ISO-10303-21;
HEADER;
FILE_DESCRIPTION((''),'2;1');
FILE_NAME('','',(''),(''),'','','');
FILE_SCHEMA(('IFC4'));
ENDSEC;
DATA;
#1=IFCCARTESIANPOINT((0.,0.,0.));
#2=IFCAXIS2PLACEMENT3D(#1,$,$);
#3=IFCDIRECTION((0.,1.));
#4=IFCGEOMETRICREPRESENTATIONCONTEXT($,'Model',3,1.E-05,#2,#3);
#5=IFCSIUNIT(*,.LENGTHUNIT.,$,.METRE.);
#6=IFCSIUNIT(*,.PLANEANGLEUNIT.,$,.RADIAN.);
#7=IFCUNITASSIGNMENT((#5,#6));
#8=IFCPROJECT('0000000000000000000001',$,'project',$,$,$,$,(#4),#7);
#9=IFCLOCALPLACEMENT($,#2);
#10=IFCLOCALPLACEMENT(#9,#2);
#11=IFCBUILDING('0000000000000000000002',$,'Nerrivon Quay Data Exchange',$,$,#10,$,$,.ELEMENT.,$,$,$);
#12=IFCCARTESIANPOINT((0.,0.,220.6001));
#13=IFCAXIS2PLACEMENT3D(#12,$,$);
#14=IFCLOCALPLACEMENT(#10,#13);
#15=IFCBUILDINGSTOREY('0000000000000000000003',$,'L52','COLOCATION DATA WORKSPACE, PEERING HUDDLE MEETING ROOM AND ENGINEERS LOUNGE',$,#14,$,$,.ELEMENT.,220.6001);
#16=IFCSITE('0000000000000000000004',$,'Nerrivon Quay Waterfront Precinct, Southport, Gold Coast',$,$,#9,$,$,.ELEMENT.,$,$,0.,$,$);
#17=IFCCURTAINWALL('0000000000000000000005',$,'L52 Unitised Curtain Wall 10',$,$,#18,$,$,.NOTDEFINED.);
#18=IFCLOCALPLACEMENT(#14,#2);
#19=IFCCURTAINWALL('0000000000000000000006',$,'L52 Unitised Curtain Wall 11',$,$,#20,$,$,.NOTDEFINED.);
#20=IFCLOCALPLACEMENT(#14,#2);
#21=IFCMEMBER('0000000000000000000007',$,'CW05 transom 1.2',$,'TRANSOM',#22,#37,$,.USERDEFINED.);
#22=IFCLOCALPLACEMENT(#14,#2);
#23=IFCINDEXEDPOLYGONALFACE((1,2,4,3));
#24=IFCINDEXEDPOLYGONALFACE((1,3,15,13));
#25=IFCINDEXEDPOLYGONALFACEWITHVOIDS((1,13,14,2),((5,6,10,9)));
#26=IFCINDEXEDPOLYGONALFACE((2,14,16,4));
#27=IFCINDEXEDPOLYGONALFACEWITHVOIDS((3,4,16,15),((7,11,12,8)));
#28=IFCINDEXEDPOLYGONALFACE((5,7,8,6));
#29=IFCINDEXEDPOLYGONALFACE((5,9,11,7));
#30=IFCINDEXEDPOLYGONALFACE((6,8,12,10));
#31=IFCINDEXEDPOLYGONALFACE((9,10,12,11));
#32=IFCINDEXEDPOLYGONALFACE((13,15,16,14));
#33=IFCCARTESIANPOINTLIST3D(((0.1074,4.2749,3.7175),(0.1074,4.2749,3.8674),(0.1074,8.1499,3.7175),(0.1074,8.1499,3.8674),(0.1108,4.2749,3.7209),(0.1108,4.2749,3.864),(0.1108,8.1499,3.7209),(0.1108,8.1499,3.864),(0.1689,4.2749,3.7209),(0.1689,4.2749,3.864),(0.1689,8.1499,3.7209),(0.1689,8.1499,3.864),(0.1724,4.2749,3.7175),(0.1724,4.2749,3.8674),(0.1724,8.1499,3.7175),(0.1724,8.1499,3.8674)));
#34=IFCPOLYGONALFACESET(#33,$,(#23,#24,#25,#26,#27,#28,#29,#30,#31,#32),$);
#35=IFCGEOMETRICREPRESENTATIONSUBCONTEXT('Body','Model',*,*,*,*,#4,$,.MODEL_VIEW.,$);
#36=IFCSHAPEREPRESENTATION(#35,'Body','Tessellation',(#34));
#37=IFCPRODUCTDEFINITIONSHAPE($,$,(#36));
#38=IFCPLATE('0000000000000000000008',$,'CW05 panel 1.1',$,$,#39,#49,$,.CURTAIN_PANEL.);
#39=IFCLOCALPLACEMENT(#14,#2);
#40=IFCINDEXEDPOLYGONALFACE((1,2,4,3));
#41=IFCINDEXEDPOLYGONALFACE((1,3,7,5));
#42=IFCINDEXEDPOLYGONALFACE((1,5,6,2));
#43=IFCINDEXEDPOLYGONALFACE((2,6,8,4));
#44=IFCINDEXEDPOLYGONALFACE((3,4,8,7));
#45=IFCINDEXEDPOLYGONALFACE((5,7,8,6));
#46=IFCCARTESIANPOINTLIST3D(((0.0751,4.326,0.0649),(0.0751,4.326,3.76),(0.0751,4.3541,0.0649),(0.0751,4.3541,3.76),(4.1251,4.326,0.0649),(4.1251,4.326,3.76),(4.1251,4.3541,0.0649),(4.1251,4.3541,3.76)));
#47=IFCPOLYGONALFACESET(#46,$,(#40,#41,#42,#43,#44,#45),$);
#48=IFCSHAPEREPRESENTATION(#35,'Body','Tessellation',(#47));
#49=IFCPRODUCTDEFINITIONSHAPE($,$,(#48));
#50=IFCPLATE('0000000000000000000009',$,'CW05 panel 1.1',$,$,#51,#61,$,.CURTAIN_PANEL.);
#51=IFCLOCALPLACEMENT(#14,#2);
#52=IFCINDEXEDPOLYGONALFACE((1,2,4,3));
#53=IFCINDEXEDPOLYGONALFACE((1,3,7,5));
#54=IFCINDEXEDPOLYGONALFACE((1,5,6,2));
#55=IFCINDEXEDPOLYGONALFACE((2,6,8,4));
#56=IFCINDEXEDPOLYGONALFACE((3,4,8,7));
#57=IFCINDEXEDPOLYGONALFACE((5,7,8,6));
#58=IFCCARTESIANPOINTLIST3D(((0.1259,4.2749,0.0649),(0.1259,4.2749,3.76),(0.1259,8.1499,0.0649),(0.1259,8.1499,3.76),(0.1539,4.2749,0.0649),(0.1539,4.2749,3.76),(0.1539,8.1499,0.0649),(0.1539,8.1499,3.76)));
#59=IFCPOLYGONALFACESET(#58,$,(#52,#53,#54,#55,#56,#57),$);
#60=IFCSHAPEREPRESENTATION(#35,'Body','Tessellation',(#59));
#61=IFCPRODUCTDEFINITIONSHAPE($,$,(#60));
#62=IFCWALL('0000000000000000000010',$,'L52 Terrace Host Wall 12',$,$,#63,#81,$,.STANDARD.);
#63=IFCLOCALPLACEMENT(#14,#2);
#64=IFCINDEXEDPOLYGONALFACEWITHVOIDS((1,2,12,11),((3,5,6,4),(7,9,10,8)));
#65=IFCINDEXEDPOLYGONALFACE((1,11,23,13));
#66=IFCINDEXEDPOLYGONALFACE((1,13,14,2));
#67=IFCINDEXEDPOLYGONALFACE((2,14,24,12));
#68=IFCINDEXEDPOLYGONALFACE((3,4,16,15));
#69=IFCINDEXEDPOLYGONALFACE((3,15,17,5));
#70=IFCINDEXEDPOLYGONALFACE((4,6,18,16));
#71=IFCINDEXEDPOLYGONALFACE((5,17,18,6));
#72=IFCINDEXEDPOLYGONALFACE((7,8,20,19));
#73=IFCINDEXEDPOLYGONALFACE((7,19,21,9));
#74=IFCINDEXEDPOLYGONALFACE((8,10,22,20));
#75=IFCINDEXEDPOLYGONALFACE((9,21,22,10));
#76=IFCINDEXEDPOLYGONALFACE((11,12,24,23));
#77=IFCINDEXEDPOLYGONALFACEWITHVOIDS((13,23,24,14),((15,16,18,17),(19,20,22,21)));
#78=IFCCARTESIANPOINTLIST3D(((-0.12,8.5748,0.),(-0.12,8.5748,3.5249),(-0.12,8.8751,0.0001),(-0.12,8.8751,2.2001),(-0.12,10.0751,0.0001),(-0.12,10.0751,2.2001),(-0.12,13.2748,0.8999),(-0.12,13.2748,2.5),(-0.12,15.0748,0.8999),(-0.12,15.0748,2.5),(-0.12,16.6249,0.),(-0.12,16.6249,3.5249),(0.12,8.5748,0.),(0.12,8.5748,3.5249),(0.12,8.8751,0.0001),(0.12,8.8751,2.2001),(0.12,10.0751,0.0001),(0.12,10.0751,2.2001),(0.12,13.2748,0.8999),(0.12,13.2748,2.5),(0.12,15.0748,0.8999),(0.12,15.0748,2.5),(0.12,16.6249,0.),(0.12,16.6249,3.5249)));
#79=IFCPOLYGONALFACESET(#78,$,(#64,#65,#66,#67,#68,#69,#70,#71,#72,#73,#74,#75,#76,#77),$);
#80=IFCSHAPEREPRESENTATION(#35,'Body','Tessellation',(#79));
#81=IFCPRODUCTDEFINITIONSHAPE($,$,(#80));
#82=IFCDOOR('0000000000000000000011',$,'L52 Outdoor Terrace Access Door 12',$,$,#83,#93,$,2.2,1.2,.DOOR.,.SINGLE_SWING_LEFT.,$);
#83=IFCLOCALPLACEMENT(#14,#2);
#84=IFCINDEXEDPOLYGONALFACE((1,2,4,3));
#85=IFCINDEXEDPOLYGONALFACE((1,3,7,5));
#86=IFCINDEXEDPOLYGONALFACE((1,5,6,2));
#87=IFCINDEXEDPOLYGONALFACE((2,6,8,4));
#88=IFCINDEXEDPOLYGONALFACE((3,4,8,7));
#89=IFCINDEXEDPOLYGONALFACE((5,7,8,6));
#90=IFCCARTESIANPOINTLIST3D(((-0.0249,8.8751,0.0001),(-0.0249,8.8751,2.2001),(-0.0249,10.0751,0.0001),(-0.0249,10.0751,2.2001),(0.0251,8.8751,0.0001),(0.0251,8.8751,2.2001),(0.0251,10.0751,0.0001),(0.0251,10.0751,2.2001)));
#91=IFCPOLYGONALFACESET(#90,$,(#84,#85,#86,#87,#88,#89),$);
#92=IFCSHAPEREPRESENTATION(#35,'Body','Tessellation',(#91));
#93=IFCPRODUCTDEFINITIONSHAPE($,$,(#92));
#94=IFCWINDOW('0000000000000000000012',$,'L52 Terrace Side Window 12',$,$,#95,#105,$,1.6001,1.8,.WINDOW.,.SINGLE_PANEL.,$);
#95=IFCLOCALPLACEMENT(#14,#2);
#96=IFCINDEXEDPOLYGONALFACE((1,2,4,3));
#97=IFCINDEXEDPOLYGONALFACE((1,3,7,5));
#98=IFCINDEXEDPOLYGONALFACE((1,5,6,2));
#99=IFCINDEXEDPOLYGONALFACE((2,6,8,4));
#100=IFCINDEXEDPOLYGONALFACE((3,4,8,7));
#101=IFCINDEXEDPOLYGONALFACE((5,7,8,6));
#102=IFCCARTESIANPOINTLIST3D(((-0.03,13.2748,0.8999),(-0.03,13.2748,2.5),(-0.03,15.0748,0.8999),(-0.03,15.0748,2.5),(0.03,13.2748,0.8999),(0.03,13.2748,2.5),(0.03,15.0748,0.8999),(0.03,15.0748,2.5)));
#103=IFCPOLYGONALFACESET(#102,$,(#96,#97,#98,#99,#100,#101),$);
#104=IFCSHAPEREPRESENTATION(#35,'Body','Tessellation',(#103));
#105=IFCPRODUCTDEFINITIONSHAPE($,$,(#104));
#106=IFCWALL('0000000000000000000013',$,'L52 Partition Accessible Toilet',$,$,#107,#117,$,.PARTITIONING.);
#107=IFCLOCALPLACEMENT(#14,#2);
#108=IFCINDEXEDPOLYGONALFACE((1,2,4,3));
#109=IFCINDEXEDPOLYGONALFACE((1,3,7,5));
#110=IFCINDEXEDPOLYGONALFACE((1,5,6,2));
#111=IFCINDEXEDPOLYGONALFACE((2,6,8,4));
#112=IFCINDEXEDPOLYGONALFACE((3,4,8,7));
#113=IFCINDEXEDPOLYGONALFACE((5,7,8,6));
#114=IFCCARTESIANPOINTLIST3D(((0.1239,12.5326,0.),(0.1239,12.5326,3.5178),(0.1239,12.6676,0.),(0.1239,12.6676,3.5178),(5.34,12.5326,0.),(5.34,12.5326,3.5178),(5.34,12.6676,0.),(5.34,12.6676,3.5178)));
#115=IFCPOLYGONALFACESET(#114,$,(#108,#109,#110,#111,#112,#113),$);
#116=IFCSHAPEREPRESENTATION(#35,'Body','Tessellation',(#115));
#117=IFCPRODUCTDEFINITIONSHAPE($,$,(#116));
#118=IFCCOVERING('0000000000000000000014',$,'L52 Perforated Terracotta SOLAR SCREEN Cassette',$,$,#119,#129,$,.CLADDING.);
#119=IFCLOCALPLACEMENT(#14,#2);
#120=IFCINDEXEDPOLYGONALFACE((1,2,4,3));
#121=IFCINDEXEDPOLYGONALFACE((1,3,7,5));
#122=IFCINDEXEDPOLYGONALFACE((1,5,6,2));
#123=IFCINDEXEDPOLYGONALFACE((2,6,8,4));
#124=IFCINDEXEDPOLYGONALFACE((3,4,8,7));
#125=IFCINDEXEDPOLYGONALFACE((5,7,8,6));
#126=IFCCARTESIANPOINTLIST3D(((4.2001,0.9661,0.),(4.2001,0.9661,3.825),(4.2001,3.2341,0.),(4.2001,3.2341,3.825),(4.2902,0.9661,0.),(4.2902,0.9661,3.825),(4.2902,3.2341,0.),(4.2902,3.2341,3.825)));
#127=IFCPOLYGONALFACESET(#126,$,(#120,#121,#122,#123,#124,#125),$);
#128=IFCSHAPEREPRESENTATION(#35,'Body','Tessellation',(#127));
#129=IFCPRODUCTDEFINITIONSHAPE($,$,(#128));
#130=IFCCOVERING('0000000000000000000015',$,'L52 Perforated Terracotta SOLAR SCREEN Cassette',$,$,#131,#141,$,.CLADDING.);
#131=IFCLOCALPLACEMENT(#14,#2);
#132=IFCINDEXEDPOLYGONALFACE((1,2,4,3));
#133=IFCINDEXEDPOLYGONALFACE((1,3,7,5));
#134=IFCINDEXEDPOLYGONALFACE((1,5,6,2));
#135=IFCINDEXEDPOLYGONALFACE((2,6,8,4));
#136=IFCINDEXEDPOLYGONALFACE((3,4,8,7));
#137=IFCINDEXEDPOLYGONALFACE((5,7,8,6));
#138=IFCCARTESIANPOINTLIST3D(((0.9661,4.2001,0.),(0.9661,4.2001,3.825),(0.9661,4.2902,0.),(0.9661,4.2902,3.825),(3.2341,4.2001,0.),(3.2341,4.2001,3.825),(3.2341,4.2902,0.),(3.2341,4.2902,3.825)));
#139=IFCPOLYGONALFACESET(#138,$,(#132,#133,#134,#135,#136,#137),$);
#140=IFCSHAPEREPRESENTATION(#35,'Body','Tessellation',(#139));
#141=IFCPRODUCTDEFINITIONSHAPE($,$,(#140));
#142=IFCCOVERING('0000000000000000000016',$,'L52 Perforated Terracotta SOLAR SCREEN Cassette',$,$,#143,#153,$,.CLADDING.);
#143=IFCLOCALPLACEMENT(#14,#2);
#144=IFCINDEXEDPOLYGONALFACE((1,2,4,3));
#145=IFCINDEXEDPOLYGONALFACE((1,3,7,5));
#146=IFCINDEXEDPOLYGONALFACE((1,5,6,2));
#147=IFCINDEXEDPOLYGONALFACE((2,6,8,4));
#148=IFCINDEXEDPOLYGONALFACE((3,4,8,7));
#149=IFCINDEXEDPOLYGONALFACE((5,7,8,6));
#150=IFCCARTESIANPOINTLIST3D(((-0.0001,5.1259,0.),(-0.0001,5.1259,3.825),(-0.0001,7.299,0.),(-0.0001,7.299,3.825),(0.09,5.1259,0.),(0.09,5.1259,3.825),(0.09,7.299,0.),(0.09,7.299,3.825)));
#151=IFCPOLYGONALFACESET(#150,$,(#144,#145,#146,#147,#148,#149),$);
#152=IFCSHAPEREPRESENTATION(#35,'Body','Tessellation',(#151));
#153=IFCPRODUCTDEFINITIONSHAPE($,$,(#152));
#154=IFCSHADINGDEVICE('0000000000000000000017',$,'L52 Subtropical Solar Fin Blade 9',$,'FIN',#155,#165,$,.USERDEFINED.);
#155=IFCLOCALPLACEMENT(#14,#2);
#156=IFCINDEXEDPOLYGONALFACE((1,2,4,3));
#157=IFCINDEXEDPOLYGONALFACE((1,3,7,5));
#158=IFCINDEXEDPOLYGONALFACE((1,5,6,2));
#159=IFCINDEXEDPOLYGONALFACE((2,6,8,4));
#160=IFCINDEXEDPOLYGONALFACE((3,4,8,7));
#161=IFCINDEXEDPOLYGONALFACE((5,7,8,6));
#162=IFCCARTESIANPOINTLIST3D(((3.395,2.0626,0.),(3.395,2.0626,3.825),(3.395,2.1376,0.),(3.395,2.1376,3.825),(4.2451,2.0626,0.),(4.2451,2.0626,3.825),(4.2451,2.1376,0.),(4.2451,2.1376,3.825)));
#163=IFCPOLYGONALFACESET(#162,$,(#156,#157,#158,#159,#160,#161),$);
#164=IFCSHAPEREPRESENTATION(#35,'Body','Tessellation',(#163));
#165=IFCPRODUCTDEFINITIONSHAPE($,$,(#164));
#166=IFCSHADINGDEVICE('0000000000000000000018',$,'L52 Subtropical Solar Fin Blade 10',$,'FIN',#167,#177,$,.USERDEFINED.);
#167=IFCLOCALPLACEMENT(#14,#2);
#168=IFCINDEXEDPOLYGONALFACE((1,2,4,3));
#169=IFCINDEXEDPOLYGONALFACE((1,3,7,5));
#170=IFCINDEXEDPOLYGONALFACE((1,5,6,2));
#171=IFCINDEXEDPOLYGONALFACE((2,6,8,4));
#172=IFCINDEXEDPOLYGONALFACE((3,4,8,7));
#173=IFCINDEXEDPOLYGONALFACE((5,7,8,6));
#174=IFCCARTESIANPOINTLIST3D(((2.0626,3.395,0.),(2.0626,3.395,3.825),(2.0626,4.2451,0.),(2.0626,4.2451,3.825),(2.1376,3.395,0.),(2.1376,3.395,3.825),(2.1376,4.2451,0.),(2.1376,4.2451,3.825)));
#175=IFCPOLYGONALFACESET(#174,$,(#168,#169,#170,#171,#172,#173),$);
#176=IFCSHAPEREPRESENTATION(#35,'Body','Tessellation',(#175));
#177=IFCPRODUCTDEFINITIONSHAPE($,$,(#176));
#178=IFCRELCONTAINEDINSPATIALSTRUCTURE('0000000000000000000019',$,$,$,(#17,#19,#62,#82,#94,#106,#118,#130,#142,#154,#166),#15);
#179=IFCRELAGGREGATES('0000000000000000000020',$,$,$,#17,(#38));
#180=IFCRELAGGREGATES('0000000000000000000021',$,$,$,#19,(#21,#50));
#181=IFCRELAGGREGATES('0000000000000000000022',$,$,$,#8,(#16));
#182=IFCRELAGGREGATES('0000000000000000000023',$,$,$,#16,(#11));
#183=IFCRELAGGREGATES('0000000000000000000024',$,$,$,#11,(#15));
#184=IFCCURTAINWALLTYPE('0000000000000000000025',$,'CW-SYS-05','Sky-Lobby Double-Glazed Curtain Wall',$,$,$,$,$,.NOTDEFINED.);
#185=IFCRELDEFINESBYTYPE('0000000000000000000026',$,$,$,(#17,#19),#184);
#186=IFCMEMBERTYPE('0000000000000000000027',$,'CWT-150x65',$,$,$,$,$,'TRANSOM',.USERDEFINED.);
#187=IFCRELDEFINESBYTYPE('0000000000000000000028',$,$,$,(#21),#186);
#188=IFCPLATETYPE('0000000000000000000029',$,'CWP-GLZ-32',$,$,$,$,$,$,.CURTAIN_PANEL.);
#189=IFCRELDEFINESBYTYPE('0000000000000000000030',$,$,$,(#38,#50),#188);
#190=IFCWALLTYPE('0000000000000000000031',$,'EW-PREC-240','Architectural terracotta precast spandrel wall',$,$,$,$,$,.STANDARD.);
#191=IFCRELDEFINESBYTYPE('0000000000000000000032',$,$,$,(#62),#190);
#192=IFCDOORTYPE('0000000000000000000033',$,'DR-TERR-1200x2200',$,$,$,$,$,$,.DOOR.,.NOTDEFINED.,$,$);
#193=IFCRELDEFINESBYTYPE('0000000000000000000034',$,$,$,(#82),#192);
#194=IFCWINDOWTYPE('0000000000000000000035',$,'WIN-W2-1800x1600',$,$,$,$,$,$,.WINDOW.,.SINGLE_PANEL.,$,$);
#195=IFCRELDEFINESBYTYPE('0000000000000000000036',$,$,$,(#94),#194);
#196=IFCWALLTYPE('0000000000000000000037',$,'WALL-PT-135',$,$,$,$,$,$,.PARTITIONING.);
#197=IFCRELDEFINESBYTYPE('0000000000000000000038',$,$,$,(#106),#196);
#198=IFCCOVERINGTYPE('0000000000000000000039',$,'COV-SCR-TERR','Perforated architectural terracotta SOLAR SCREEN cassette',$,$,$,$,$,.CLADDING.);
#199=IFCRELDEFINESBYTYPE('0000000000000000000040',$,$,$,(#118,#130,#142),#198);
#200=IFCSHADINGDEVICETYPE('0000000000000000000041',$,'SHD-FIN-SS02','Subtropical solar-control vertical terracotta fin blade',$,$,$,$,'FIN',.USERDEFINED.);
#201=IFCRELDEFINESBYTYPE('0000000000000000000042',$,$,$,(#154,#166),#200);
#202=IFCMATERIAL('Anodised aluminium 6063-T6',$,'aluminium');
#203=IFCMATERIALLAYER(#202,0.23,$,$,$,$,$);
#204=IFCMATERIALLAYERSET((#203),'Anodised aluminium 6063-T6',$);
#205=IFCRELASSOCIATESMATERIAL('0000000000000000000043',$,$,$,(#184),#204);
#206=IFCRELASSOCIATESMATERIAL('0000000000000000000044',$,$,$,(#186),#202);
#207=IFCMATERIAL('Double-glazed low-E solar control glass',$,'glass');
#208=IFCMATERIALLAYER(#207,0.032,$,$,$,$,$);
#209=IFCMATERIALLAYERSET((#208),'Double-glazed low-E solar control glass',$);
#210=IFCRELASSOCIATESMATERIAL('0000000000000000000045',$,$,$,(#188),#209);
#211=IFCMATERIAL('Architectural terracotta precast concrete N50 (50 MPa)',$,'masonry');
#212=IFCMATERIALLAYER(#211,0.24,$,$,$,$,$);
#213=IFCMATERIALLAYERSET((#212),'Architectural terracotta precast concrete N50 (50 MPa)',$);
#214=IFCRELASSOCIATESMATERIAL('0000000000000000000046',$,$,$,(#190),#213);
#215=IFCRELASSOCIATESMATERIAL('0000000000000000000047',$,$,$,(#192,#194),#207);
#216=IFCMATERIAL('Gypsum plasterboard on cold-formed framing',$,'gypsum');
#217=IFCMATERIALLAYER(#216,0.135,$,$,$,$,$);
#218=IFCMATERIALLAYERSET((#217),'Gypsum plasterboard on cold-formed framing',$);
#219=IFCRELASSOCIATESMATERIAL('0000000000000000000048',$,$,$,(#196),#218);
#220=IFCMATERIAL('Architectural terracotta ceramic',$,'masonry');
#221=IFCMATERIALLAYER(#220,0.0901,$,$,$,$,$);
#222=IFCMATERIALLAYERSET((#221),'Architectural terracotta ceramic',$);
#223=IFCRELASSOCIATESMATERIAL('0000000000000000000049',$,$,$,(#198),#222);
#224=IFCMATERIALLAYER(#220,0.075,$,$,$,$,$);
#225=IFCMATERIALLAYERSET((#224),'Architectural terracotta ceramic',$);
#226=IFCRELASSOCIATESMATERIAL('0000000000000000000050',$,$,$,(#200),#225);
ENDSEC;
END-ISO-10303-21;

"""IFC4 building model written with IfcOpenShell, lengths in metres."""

from ifc_helpers import new_model, si_unit, direction, frame, frame_2d, origin, origin_2d, place, context, subcontext, project, spatial, rectangle, hollow_rectangle, extrude, material, layer, layer_set, material_profile, profile_set, type_object, element, fill, aggregate, save


model = new_model("IFC4")

# Units and contexts
model_context = context("Model", 3, precision=1e-05, world=origin(), true_north=direction((0.0, 1.0)))
body_context = subcontext(model_context, "Body", "Model", "MODEL_VIEW")
ifc_project = project(units=[si_unit("LENGTHUNIT", "METRE"), si_unit("PLANEANGLEUNIT", "RADIAN")], contexts=[model_context])

# Site, building, storey
site_placement = place(None, origin())
site = spatial("IfcSite", under=ifc_project, at=site_placement, Name="Nerrivon Quay Waterfront Precinct, Southport, Gold Coast", CompositionType="ELEMENT", RefElevation=0.0)
building_placement = place(site_placement, origin())
building = spatial("IfcBuilding", under=site, at=building_placement, Name="Nerrivon Quay Data Exchange", CompositionType="ELEMENT")
storey_placement = place(building_placement, frame((0.0, 0.0, 220.6001)))
storey = spatial("IfcBuildingStorey", under=building, at=storey_placement, Name="L52", Description="COLOCATION DATA WORKSPACE, PEERING HUDDLE MEETING ROOM AND ENGINEERS LOUNGE", CompositionType="ELEMENT", Elevation=220.6001)

# Curtain walls
ifc_material_1 = material(Name="Anodised aluminium 6063-T6", Category="aluminium")
ifc_layer_1 = layer(ifc_material_1, 0.23)
ifc_layer_set_1 = layer_set([ifc_layer_1], Name="Anodised aluminium 6063-T6")
curtain_wall_type = type_object("IfcCurtainWallType", Name="CW-SYS-05", Description="Sky-Lobby Double-Glazed Curtain Wall", PredefinedType="NOTDEFINED", material=ifc_layer_set_1)
curtain_wall_1_placement = place(storey_placement, origin())
curtain_wall_1 = element("IfcCurtainWall", 1, at=curtain_wall_1_placement, inside=storey, type_object=curtain_wall_type, Name="L52 Unitised Curtain Wall 10", PredefinedType="NOTDEFINED")
curtain_wall_2_placement = place(storey_placement, origin())
curtain_wall_2 = element("IfcCurtainWall", 2, at=curtain_wall_2_placement, inside=storey, type_object=curtain_wall_type, Name="L52 Unitised Curtain Wall 11", PredefinedType="NOTDEFINED")

# Member
ifc_material_profile_1 = material_profile(ifc_material_1, hollow_rectangle(XDim=0.0649, YDim=0.1499, WallThickness=0.0034, at=origin_2d()), Name="ALU-TRAN-150x65")
ifc_profile_set_1 = profile_set([ifc_material_profile_1], Name="Anodised aluminium 6063-T6")
member_type_1 = type_object("IfcMemberType", Name="CWT-150x65", ElementType="TRANSOM", PredefinedType="USERDEFINED", material=ifc_profile_set_1)
member_1_placement = place(storey_placement, frame((0.1399, 4.2749, 3.7925), z_axis=(0.0, 1.0, 0.0), x_axis=(-1.0, 0.0, 0.0)))
member_1 = element("IfcMember", 3, at=member_1_placement, type_object=member_type_1, Name="CW05 transom 1.2", ObjectType="TRANSOM", PredefinedType="USERDEFINED", context=body_context, shape_type="SweptSolid", body=[
    extrude(hollow_rectangle(XDim=0.0649, YDim=0.1499, WallThickness=0.0034, at=origin_2d()), origin(), (0.0, 0.0, 1.0), 3.875),
])

# Plates
ifc_material_2 = material(Name="Double-glazed low-E solar control glass", Category="glass")
ifc_layer_2 = layer(ifc_material_2, 0.032)
ifc_layer_set_2 = layer_set([ifc_layer_2], Name="Double-glazed low-E solar control glass")
plate_type = type_object("IfcPlateType", Name="CWP-GLZ-32", PredefinedType="CURTAIN_PANEL", material=ifc_layer_set_2)
plate_1_placement = place(storey_placement, frame((2.1001, 4.3401, 0.0649), z_axis=(0.0, 0.0, 1.0), x_axis=(-1.0, 0.0, 0.0)))
plate_1 = element("IfcPlate", 4, at=plate_1_placement, type_object=plate_type, Name="CW05 panel 1.1", PredefinedType="CURTAIN_PANEL", context=body_context, shape_type="SweptSolid", body=[
    extrude(rectangle(XDim=4.05, YDim=0.0281, at=origin_2d()), origin(), (0.0, 0.0, 1.0), 3.6951),
])
aggregate(curtain_wall_1, [plate_1])
plate_2_placement = place(storey_placement, frame((0.1399, 6.2124, 0.0649), z_axis=(0.0, 0.0, 1.0), x_axis=(0.0, 1.0, 0.0)))
plate_2 = element("IfcPlate", 5, at=plate_2_placement, type_object=plate_type, Name="CW05 panel 1.1", PredefinedType="CURTAIN_PANEL", context=body_context, shape_type="SweptSolid", body=[
    extrude(rectangle(XDim=3.875, YDim=0.0281, at=origin_2d()), origin(), (0.0, 0.0, 1.0), 3.6951),
])
aggregate(curtain_wall_2, [member_1, plate_2])

# Wall, openings, door, window
ifc_material_3 = material(Name="Architectural terracotta precast concrete N50 (50 MPa)", Category="masonry")
ifc_layer_3 = layer(ifc_material_3, 0.24)
ifc_layer_set_3 = layer_set([ifc_layer_3], Name="Architectural terracotta precast concrete N50 (50 MPa)")
wall_type_1 = type_object("IfcWallType", Name="EW-PREC-240", Description="Architectural terracotta precast spandrel wall", PredefinedType="STANDARD", material=ifc_layer_set_3)
wall_1_placement = place(storey_placement, frame((0.0, 8.575, 0.0), z_axis=(0.0, 0.0, 1.0), x_axis=(0.0, 1.0, 0.0)))
wall_1 = element("IfcWall", 6, at=wall_1_placement, inside=storey, type_object=wall_type_1, Name="L52 Terrace Host Wall 12", PredefinedType="STANDARD", context=body_context, shape_type="SweptSolid", body=[
    extrude(rectangle(XDim=8.05, YDim=0.24, at=frame_2d((4.0249, 0.0))), origin(), (0.0, 0.0, 1.0), 3.5249),
])
opening_1_placement = place(wall_1_placement, frame((0.3, 0.0, 0.0)))
opening_1 = element("IfcOpeningElement", 7, at=opening_1_placement, cuts=wall_1, PredefinedType="OPENING", context=body_context, shape_type="SweptSolid", body=[
    extrude(rectangle(XDim=1.2, YDim=2.2, at=frame_2d((0.6001, 1.1001))), frame((0.0, 0.1299, 0.0), z_axis=(0.0, -1.0, 0.0), x_axis=(1.0, 0.0, 0.0)), (0.0, 0.0, 1.0), 0.26),
])
opening_2_placement = place(wall_1_placement, frame((4.7, 0.0, 0.8999)))
opening_2 = element("IfcOpeningElement", 8, at=opening_2_placement, cuts=wall_1, PredefinedType="OPENING", context=body_context, shape_type="SweptSolid", body=[
    extrude(rectangle(XDim=1.8, YDim=1.6001, at=frame_2d((0.8999, 0.8))), frame((0.0, 0.1299, 0.0), z_axis=(0.0, -1.0, 0.0), x_axis=(1.0, 0.0, 0.0)), (0.0, 0.0, 1.0), 0.26),
])
door_type = type_object("IfcDoorType", Name="DR-TERR-1200x2200", OperationType="NOTDEFINED", PredefinedType="DOOR", material=ifc_material_2)
door_placement = place(opening_1_placement, origin())
door = element("IfcDoor", 9, at=door_placement, inside=storey, type_object=door_type, Name="L52 Outdoor Terrace Access Door 12", OperationType="SINGLE_SWING_LEFT", OverallHeight=2.2, OverallWidth=1.2, PredefinedType="DOOR", context=body_context, shape_type="SweptSolid", body=[
    extrude(rectangle(XDim=1.2, YDim=2.2, at=frame_2d((0.6001, 1.1001))), frame((0.0, 0.0249, 0.0), z_axis=(0.0, -1.0, 0.0), x_axis=(1.0, 0.0, 0.0)), (0.0, 0.0, 1.0), 0.05),
])
fill(opening_1, door)
window_type = type_object("IfcWindowType", Name="WIN-W2-1800x1600", PartitioningType="SINGLE_PANEL", PredefinedType="WINDOW", material=ifc_material_2)
window_placement = place(opening_2_placement, origin())
window = element("IfcWindow", 10, at=window_placement, inside=storey, type_object=window_type, Name="L52 Terrace Side Window 12", OverallHeight=1.6001, OverallWidth=1.8, PartitioningType="SINGLE_PANEL", PredefinedType="WINDOW", context=body_context, shape_type="SweptSolid", body=[
    extrude(rectangle(XDim=1.8, YDim=1.6001, at=frame_2d((0.8999, 0.8))), frame((0.0, 0.03, 0.0), z_axis=(0.0, -1.0, 0.0), x_axis=(1.0, 0.0, 0.0)), (0.0, 0.0, 1.0), 0.0601),
])
fill(opening_2, window)

# Wall
ifc_material_4 = material(Name="Gypsum plasterboard on cold-formed framing", Category="gypsum")
ifc_layer_4 = layer(ifc_material_4, 0.135)
ifc_layer_set_4 = layer_set([ifc_layer_4], Name="Gypsum plasterboard on cold-formed framing")
wall_type_2 = type_object("IfcWallType", Name="WALL-PT-135", PredefinedType="PARTITIONING", material=ifc_layer_set_4)
wall_2_placement = place(storey_placement, frame((0.124, 12.6001, 0.0), z_axis=(0.0, 0.0, 1.0), x_axis=(1.0, 0.0, 0.0)))
element("IfcWall", 11, at=wall_2_placement, inside=storey, type_object=wall_type_2, Name="L52 Partition Accessible Toilet", PredefinedType="PARTITIONING", context=body_context, shape_type="SweptSolid", body=[
    extrude(rectangle(XDim=5.2161, YDim=0.135, at=frame_2d((2.6079, 0.0))), origin(), (0.0, 0.0, 1.0), 3.5178),
])

# Coverings
ifc_material_5 = material(Name="Architectural terracotta ceramic", Category="masonry")
ifc_layer_5 = layer(ifc_material_5, 0.0901)
ifc_layer_set_5 = layer_set([ifc_layer_5], Name="Architectural terracotta ceramic")
covering_type = type_object("IfcCoveringType", Name="COV-SCR-TERR", Description="Perforated architectural terracotta SOLAR SCREEN cassette", PredefinedType="CLADDING", material=ifc_layer_set_5)
for number, where, z_axis, x_axis, name in (
    (12, (4.2451, 2.1001, 0.0), (0.0, 0.0, 1.0), (0.0, 1.0, 0.0), "L52 Perforated Terracotta SOLAR SCREEN Cassette"),
    (13, (2.1001, 4.2451, 0.0), (0.0, 0.0, 1.0), (-1.0, 0.0, 0.0), "L52 Perforated Terracotta SOLAR SCREEN Cassette"),
):
    element("IfcCovering", number, at=place(storey_placement, frame(where, z_axis=z_axis, x_axis=x_axis)), inside=storey, type_object=covering_type, Name=name, PredefinedType="CLADDING", context=body_context, shape_type="SweptSolid", body=[
        extrude(rectangle(XDim=2.2681, YDim=0.0901, at=origin_2d()), origin(), (0.0, 0.0, 1.0), 3.825),
    ])
covering_placement = place(storey_placement, frame((0.0449, 6.2124, 0.0), z_axis=(0.0, 0.0, 1.0), x_axis=(0.0, 1.0, 0.0)))
element("IfcCovering", 14, at=covering_placement, inside=storey, type_object=covering_type, Name="L52 Perforated Terracotta SOLAR SCREEN Cassette", PredefinedType="CLADDING", context=body_context, shape_type="SweptSolid", body=[
    extrude(rectangle(XDim=2.1731, YDim=0.0901, at=origin_2d()), origin(), (0.0, 0.0, 1.0), 3.825),
])

# Shading devices
ifc_layer_6 = layer(ifc_material_5, 0.075)
ifc_layer_set_6 = layer_set([ifc_layer_6], Name="Architectural terracotta ceramic")
shading_device_type_1 = type_object("IfcShadingDeviceType", Name="SHD-FIN-SS02", Description="Subtropical solar-control vertical terracotta fin blade", ElementType="FIN", PredefinedType="USERDEFINED", material=ifc_layer_set_6)
for number, where, z_axis, x_axis, name in (
    (15, (3.8201, 2.1001, 0.0), (0.0, 0.0, 1.0), (0.0, 1.0, 0.0), "L52 Subtropical Solar Fin Blade 9"),
    (16, (2.1001, 3.8201, 0.0), (0.0, 0.0, 1.0), (-1.0, 0.0, 0.0), "L52 Subtropical Solar Fin Blade 10"),
):
    element("IfcShadingDevice", number, at=place(storey_placement, frame(where, z_axis=z_axis, x_axis=x_axis)), inside=storey, type_object=shading_device_type_1, Name=name, ObjectType="FIN", PredefinedType="USERDEFINED", context=body_context, shape_type="SweptSolid", body=[
        extrude(rectangle(XDim=0.075, YDim=0.8501, at=origin_2d()), origin(), (0.0, 0.0, 1.0), 3.825),
    ])

save(model, "model.ifc")
